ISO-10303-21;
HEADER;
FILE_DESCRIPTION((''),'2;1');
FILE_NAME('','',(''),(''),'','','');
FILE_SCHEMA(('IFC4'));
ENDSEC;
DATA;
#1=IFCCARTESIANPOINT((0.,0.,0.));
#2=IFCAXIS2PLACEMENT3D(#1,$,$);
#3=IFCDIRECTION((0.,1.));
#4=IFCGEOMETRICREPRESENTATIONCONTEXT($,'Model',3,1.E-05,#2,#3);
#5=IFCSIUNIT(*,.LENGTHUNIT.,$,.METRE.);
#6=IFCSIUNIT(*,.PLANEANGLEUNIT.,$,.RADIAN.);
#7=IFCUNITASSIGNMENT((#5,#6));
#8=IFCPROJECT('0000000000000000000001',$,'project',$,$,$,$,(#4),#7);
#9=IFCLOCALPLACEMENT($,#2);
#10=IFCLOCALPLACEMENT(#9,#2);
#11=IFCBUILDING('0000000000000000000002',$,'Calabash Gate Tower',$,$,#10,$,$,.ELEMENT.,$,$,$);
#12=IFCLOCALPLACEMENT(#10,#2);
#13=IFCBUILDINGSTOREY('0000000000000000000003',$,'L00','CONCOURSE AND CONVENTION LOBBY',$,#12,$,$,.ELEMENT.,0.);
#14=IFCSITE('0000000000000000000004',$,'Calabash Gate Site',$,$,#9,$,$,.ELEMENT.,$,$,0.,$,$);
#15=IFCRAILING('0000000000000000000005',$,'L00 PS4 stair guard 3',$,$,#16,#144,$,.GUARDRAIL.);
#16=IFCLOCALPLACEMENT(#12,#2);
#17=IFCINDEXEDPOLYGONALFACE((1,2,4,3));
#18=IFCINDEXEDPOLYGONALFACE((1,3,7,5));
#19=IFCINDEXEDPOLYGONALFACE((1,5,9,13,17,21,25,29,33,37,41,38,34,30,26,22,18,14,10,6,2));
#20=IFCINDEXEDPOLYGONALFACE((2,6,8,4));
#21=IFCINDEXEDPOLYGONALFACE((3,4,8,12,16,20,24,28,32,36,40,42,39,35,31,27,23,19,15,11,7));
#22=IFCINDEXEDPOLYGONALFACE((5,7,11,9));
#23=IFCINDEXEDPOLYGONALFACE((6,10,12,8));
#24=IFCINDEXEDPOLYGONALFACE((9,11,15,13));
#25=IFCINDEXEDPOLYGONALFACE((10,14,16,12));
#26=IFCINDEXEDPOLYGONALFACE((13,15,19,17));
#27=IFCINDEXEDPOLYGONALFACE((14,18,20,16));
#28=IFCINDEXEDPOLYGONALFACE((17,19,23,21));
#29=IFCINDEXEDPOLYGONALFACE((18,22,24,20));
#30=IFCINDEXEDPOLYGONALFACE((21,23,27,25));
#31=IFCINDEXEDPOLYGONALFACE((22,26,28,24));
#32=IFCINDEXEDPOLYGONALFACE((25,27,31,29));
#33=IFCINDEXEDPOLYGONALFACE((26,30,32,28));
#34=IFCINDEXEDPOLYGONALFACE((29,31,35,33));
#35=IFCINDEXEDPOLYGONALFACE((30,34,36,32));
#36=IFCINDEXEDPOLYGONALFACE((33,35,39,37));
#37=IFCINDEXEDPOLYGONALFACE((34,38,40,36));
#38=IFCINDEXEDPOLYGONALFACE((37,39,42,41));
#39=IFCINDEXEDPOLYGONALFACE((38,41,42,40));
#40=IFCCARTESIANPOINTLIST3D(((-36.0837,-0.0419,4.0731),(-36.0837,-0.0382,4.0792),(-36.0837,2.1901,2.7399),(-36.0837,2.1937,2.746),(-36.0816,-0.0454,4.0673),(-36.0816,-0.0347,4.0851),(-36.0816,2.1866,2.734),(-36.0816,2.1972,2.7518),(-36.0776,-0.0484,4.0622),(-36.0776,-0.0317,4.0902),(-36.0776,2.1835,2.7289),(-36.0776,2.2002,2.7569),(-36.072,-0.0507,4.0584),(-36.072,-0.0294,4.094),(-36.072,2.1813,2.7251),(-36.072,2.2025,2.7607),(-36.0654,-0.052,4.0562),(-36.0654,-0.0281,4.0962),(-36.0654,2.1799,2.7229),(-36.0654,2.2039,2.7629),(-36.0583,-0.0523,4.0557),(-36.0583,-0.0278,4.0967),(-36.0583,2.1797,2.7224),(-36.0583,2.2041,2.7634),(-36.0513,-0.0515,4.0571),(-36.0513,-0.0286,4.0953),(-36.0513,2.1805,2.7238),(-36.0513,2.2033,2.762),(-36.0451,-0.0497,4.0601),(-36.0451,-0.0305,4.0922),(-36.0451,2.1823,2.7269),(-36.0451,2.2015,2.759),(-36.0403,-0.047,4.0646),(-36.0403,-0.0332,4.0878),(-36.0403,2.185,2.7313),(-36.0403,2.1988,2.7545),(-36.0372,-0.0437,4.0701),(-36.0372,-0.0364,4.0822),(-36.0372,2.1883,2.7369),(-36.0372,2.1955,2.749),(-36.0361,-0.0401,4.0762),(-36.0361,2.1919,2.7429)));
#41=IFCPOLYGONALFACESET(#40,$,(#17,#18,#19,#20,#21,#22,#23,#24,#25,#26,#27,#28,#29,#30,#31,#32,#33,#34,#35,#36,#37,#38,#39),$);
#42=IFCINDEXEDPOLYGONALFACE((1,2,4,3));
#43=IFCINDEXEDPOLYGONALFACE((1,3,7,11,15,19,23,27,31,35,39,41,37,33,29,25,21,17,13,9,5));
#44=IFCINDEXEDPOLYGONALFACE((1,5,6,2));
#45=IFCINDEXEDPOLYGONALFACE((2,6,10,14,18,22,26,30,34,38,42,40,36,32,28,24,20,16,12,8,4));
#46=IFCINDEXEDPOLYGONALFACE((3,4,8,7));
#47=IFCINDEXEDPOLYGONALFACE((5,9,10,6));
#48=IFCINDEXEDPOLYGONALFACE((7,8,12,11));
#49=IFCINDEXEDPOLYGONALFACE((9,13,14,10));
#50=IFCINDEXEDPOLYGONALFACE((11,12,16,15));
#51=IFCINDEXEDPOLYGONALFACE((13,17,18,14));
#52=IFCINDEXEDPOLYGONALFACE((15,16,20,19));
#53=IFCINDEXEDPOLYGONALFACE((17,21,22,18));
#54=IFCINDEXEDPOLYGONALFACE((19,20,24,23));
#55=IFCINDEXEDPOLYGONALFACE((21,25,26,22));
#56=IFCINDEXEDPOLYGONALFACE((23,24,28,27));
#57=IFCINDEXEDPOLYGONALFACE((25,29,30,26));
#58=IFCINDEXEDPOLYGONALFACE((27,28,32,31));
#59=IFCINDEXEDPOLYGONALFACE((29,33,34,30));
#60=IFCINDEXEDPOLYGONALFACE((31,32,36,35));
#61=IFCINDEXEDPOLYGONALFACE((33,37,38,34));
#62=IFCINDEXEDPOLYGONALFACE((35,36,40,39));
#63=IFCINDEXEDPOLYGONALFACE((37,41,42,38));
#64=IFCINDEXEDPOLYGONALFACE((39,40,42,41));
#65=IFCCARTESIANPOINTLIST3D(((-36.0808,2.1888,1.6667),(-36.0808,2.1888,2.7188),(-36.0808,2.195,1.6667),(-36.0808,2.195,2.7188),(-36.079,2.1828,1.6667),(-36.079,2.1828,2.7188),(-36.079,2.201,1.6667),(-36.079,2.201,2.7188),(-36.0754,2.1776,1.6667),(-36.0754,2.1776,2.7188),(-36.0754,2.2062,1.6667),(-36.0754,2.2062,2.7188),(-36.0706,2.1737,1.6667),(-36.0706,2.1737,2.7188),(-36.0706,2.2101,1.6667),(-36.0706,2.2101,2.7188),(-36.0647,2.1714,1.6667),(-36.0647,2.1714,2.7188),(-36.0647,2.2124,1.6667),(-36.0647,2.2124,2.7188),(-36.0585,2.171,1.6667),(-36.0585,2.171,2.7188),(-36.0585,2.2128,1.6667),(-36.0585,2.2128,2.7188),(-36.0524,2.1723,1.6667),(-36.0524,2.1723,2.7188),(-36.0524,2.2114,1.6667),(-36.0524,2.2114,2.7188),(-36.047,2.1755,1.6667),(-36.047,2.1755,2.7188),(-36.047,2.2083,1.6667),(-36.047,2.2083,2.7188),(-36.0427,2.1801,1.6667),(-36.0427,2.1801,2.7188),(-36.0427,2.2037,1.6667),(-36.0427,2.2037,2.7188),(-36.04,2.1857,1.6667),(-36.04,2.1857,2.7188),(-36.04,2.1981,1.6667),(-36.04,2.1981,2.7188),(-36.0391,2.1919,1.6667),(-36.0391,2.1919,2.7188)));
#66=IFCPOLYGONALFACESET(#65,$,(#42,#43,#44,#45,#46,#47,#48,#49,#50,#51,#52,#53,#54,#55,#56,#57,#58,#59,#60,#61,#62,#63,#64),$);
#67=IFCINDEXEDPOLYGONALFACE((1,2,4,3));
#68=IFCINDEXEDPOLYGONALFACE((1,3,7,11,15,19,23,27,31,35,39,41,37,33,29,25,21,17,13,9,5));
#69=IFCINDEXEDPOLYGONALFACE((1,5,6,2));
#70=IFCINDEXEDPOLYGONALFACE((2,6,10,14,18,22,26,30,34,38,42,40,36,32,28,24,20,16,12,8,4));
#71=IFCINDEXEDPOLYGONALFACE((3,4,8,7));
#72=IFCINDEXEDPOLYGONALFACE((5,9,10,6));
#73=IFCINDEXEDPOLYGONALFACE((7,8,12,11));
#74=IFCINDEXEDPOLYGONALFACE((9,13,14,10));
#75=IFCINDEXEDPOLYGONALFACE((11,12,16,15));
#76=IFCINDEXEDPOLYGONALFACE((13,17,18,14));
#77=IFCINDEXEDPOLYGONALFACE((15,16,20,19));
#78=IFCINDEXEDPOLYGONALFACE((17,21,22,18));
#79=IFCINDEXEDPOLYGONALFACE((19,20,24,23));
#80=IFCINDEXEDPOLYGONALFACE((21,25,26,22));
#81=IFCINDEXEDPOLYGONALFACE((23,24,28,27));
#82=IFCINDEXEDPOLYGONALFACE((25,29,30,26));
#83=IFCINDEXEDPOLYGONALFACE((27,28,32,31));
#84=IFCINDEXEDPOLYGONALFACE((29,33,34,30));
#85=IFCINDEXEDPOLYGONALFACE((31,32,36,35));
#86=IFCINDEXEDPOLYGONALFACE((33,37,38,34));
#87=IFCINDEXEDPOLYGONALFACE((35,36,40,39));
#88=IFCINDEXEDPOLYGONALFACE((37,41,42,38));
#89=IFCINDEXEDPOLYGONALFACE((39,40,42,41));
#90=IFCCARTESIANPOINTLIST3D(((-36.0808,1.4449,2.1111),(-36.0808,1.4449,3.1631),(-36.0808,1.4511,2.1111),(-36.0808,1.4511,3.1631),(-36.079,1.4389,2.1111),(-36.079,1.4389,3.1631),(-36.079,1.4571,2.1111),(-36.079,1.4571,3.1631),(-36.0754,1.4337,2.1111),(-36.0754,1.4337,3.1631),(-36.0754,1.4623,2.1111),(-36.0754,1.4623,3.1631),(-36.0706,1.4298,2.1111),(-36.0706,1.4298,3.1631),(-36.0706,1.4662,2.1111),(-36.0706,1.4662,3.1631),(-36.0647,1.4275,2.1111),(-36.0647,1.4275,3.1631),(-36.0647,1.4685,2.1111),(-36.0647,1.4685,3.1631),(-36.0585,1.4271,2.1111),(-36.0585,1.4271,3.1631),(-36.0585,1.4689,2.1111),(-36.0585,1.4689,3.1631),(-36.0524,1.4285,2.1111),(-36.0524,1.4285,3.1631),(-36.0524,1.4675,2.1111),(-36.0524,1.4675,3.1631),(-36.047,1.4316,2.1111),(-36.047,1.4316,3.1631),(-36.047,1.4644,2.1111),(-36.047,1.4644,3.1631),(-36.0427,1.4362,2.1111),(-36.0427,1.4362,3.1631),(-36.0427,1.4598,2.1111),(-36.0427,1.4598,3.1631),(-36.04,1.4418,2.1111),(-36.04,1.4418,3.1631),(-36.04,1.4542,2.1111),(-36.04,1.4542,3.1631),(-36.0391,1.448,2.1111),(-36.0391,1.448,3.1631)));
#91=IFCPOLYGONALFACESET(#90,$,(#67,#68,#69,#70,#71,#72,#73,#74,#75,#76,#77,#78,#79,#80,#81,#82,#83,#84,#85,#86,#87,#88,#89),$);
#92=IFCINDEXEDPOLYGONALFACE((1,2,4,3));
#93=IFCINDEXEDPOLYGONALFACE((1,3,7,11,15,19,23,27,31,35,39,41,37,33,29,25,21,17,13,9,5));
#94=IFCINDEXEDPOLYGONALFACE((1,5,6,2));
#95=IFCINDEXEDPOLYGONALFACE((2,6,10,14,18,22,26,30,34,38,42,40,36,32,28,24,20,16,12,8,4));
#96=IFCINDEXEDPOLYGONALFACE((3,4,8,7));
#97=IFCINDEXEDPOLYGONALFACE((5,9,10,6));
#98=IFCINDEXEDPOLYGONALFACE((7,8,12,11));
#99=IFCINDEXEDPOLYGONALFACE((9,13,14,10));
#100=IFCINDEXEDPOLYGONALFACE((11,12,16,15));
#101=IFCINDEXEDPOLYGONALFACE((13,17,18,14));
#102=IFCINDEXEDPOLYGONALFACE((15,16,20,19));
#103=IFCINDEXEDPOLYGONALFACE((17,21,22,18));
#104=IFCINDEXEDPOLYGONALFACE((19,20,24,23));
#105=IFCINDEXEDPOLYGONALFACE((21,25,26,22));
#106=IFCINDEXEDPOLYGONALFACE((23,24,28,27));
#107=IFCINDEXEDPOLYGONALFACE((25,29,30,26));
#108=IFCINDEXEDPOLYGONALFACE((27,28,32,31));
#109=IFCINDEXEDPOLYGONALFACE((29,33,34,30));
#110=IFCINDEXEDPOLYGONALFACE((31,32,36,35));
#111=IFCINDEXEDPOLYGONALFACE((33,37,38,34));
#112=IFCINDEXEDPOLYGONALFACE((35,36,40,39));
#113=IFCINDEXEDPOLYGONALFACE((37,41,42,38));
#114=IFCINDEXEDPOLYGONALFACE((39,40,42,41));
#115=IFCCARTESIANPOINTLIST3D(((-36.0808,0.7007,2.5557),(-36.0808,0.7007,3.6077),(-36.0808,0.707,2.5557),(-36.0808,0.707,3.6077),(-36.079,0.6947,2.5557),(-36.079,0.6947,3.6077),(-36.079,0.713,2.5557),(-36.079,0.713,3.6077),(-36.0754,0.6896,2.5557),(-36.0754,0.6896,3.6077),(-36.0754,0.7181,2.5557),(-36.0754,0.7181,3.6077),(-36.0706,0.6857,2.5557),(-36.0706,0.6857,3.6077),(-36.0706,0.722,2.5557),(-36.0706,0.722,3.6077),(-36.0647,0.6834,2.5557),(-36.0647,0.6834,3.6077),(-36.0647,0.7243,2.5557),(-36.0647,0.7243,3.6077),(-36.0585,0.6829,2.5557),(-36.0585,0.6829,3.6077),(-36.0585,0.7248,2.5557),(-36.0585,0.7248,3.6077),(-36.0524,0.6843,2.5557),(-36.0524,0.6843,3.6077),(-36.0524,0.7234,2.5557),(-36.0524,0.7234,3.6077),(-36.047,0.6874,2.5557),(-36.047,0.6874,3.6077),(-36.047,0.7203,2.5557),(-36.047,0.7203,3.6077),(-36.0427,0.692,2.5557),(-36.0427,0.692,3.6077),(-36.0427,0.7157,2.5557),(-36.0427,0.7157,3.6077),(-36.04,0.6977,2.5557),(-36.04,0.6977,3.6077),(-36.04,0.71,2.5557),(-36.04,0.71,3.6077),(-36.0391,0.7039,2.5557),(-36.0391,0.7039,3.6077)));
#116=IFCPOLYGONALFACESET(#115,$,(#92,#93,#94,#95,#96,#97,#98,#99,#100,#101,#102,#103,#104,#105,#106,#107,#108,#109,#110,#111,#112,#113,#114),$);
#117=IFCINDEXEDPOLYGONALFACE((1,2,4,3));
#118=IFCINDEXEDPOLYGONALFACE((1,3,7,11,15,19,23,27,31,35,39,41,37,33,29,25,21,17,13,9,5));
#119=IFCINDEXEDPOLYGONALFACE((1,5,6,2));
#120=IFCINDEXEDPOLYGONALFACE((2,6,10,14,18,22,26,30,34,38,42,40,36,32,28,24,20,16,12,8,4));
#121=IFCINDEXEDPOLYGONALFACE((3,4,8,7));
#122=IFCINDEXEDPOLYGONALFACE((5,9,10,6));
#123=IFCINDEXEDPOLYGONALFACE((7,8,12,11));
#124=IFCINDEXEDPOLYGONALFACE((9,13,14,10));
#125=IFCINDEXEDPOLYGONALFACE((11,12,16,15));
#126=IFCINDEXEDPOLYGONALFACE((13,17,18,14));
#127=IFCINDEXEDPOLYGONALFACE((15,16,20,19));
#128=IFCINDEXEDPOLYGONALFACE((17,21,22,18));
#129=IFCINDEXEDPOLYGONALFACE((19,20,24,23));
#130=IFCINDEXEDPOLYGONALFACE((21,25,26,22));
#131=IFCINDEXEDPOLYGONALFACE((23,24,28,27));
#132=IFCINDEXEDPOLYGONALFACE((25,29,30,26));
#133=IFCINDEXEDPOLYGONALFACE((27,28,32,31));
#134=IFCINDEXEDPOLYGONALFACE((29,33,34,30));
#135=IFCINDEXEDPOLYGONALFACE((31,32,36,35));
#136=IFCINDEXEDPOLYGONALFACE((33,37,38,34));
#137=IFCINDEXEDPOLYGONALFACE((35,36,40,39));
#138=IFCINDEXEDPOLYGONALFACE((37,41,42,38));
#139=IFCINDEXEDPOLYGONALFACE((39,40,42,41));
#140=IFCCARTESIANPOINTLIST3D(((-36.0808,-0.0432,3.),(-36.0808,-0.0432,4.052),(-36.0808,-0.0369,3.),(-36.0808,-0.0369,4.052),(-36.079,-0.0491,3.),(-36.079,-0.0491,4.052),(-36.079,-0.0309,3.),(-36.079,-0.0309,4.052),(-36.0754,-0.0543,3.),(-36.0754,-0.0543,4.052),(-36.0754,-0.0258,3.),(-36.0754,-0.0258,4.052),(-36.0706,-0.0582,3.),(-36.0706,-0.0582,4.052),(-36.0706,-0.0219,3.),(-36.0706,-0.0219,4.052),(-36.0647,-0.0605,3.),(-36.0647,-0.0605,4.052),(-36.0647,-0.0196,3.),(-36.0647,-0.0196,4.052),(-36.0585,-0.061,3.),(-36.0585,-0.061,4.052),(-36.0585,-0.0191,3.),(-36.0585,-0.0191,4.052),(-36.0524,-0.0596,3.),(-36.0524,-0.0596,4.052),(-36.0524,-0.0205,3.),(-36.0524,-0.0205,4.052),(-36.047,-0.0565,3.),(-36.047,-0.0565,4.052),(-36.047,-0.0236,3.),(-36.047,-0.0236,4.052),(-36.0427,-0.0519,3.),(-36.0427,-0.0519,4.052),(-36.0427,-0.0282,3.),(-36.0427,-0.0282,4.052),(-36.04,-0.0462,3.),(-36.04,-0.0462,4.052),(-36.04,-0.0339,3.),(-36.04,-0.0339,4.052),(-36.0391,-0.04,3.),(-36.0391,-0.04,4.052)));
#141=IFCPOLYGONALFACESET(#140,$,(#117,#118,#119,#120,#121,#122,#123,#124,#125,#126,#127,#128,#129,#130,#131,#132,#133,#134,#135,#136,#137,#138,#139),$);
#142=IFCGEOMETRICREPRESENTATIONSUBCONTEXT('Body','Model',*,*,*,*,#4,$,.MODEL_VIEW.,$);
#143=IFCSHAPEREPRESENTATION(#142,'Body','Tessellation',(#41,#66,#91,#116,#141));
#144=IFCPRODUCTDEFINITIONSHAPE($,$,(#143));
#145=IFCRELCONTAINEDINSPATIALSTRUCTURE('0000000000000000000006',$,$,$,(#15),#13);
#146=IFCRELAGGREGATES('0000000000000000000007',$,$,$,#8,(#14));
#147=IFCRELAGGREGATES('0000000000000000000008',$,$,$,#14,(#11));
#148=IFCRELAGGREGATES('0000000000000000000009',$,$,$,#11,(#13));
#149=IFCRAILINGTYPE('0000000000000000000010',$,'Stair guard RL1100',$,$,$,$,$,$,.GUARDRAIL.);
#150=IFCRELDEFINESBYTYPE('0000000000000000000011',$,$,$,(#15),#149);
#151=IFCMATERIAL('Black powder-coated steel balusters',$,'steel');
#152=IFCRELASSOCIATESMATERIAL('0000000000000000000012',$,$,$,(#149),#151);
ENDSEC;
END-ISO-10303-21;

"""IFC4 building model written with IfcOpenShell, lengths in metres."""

from ifc_helpers import new_model, si_unit, direction, frame, origin, origin_2d, place, context, subcontext, project, spatial, circle, extrude, material, type_object, element, save


model = new_model("IFC4")

# Units and contexts
model_context = context("Model", 3, precision=1e-05, world=origin(), true_north=direction((0.0, 1.0)))
body_context = subcontext(model_context, "Body", "Model", "MODEL_VIEW")
ifc_project = project(units=[si_unit("LENGTHUNIT", "METRE"), si_unit("PLANEANGLEUNIT", "RADIAN")], contexts=[model_context])

# Site, building, storey
site_placement = place(None, origin())
site = spatial("IfcSite", under=ifc_project, at=site_placement, Name="Calabash Gate Site", CompositionType="ELEMENT", RefElevation=0.0)
building_placement = place(site_placement, origin())
building = spatial("IfcBuilding", under=site, at=building_placement, Name="Calabash Gate Tower", CompositionType="ELEMENT")
storey_placement = place(building_placement, origin())
storey = spatial("IfcBuildingStorey", under=building, at=storey_placement, Name="L00", Description="CONCOURSE AND CONVENTION LOBBY", CompositionType="ELEMENT", Elevation=0.0)

# Railing
ifc_material_1 = material(Name="Black powder-coated steel balusters", Category="steel")
railing_type_1 = type_object("IfcRailingType", Name="Stair guard RL1100", PredefinedType="GUARDRAIL", material=ifc_material_1)
railing_1_placement = place(storey_placement, frame((-36.0601, 2.1919, 1.6667)))
element("IfcRailing", 1, at=railing_1_placement, inside=storey, type_object=railing_type_1, Name="L00 PS4 stair guard 3", PredefinedType="GUARDRAIL", context=body_context, shape_type="SweptSolid", body=[
    extrude(circle(Radius=0.0239, at=origin_2d()), frame((0.0, 0.0, 1.0762), z_axis=(0.0, -0.858494, 0.512824), x_axis=(1.0, 0.0, 0.0)), (0.0, 0.0, 1.0), 2.5999),
    extrude(circle(Radius=0.021, at=origin_2d()), origin(), (0.0, 0.0, 1.0), 1.052),
    extrude(circle(Radius=0.021, at=origin_2d()), frame((0.0, -0.7439, 0.4443)), (0.0, 0.0, 1.0), 1.052),
    extrude(circle(Radius=0.021, at=origin_2d()), frame((0.0, -1.488, 0.8889)), (0.0, 0.0, 1.0), 1.052),
    extrude(circle(Radius=0.021, at=origin_2d()), frame((0.0, -2.2319, 1.3333)), (0.0, 0.0, 1.0), 1.052),
])

save(model, "model.ifc")
